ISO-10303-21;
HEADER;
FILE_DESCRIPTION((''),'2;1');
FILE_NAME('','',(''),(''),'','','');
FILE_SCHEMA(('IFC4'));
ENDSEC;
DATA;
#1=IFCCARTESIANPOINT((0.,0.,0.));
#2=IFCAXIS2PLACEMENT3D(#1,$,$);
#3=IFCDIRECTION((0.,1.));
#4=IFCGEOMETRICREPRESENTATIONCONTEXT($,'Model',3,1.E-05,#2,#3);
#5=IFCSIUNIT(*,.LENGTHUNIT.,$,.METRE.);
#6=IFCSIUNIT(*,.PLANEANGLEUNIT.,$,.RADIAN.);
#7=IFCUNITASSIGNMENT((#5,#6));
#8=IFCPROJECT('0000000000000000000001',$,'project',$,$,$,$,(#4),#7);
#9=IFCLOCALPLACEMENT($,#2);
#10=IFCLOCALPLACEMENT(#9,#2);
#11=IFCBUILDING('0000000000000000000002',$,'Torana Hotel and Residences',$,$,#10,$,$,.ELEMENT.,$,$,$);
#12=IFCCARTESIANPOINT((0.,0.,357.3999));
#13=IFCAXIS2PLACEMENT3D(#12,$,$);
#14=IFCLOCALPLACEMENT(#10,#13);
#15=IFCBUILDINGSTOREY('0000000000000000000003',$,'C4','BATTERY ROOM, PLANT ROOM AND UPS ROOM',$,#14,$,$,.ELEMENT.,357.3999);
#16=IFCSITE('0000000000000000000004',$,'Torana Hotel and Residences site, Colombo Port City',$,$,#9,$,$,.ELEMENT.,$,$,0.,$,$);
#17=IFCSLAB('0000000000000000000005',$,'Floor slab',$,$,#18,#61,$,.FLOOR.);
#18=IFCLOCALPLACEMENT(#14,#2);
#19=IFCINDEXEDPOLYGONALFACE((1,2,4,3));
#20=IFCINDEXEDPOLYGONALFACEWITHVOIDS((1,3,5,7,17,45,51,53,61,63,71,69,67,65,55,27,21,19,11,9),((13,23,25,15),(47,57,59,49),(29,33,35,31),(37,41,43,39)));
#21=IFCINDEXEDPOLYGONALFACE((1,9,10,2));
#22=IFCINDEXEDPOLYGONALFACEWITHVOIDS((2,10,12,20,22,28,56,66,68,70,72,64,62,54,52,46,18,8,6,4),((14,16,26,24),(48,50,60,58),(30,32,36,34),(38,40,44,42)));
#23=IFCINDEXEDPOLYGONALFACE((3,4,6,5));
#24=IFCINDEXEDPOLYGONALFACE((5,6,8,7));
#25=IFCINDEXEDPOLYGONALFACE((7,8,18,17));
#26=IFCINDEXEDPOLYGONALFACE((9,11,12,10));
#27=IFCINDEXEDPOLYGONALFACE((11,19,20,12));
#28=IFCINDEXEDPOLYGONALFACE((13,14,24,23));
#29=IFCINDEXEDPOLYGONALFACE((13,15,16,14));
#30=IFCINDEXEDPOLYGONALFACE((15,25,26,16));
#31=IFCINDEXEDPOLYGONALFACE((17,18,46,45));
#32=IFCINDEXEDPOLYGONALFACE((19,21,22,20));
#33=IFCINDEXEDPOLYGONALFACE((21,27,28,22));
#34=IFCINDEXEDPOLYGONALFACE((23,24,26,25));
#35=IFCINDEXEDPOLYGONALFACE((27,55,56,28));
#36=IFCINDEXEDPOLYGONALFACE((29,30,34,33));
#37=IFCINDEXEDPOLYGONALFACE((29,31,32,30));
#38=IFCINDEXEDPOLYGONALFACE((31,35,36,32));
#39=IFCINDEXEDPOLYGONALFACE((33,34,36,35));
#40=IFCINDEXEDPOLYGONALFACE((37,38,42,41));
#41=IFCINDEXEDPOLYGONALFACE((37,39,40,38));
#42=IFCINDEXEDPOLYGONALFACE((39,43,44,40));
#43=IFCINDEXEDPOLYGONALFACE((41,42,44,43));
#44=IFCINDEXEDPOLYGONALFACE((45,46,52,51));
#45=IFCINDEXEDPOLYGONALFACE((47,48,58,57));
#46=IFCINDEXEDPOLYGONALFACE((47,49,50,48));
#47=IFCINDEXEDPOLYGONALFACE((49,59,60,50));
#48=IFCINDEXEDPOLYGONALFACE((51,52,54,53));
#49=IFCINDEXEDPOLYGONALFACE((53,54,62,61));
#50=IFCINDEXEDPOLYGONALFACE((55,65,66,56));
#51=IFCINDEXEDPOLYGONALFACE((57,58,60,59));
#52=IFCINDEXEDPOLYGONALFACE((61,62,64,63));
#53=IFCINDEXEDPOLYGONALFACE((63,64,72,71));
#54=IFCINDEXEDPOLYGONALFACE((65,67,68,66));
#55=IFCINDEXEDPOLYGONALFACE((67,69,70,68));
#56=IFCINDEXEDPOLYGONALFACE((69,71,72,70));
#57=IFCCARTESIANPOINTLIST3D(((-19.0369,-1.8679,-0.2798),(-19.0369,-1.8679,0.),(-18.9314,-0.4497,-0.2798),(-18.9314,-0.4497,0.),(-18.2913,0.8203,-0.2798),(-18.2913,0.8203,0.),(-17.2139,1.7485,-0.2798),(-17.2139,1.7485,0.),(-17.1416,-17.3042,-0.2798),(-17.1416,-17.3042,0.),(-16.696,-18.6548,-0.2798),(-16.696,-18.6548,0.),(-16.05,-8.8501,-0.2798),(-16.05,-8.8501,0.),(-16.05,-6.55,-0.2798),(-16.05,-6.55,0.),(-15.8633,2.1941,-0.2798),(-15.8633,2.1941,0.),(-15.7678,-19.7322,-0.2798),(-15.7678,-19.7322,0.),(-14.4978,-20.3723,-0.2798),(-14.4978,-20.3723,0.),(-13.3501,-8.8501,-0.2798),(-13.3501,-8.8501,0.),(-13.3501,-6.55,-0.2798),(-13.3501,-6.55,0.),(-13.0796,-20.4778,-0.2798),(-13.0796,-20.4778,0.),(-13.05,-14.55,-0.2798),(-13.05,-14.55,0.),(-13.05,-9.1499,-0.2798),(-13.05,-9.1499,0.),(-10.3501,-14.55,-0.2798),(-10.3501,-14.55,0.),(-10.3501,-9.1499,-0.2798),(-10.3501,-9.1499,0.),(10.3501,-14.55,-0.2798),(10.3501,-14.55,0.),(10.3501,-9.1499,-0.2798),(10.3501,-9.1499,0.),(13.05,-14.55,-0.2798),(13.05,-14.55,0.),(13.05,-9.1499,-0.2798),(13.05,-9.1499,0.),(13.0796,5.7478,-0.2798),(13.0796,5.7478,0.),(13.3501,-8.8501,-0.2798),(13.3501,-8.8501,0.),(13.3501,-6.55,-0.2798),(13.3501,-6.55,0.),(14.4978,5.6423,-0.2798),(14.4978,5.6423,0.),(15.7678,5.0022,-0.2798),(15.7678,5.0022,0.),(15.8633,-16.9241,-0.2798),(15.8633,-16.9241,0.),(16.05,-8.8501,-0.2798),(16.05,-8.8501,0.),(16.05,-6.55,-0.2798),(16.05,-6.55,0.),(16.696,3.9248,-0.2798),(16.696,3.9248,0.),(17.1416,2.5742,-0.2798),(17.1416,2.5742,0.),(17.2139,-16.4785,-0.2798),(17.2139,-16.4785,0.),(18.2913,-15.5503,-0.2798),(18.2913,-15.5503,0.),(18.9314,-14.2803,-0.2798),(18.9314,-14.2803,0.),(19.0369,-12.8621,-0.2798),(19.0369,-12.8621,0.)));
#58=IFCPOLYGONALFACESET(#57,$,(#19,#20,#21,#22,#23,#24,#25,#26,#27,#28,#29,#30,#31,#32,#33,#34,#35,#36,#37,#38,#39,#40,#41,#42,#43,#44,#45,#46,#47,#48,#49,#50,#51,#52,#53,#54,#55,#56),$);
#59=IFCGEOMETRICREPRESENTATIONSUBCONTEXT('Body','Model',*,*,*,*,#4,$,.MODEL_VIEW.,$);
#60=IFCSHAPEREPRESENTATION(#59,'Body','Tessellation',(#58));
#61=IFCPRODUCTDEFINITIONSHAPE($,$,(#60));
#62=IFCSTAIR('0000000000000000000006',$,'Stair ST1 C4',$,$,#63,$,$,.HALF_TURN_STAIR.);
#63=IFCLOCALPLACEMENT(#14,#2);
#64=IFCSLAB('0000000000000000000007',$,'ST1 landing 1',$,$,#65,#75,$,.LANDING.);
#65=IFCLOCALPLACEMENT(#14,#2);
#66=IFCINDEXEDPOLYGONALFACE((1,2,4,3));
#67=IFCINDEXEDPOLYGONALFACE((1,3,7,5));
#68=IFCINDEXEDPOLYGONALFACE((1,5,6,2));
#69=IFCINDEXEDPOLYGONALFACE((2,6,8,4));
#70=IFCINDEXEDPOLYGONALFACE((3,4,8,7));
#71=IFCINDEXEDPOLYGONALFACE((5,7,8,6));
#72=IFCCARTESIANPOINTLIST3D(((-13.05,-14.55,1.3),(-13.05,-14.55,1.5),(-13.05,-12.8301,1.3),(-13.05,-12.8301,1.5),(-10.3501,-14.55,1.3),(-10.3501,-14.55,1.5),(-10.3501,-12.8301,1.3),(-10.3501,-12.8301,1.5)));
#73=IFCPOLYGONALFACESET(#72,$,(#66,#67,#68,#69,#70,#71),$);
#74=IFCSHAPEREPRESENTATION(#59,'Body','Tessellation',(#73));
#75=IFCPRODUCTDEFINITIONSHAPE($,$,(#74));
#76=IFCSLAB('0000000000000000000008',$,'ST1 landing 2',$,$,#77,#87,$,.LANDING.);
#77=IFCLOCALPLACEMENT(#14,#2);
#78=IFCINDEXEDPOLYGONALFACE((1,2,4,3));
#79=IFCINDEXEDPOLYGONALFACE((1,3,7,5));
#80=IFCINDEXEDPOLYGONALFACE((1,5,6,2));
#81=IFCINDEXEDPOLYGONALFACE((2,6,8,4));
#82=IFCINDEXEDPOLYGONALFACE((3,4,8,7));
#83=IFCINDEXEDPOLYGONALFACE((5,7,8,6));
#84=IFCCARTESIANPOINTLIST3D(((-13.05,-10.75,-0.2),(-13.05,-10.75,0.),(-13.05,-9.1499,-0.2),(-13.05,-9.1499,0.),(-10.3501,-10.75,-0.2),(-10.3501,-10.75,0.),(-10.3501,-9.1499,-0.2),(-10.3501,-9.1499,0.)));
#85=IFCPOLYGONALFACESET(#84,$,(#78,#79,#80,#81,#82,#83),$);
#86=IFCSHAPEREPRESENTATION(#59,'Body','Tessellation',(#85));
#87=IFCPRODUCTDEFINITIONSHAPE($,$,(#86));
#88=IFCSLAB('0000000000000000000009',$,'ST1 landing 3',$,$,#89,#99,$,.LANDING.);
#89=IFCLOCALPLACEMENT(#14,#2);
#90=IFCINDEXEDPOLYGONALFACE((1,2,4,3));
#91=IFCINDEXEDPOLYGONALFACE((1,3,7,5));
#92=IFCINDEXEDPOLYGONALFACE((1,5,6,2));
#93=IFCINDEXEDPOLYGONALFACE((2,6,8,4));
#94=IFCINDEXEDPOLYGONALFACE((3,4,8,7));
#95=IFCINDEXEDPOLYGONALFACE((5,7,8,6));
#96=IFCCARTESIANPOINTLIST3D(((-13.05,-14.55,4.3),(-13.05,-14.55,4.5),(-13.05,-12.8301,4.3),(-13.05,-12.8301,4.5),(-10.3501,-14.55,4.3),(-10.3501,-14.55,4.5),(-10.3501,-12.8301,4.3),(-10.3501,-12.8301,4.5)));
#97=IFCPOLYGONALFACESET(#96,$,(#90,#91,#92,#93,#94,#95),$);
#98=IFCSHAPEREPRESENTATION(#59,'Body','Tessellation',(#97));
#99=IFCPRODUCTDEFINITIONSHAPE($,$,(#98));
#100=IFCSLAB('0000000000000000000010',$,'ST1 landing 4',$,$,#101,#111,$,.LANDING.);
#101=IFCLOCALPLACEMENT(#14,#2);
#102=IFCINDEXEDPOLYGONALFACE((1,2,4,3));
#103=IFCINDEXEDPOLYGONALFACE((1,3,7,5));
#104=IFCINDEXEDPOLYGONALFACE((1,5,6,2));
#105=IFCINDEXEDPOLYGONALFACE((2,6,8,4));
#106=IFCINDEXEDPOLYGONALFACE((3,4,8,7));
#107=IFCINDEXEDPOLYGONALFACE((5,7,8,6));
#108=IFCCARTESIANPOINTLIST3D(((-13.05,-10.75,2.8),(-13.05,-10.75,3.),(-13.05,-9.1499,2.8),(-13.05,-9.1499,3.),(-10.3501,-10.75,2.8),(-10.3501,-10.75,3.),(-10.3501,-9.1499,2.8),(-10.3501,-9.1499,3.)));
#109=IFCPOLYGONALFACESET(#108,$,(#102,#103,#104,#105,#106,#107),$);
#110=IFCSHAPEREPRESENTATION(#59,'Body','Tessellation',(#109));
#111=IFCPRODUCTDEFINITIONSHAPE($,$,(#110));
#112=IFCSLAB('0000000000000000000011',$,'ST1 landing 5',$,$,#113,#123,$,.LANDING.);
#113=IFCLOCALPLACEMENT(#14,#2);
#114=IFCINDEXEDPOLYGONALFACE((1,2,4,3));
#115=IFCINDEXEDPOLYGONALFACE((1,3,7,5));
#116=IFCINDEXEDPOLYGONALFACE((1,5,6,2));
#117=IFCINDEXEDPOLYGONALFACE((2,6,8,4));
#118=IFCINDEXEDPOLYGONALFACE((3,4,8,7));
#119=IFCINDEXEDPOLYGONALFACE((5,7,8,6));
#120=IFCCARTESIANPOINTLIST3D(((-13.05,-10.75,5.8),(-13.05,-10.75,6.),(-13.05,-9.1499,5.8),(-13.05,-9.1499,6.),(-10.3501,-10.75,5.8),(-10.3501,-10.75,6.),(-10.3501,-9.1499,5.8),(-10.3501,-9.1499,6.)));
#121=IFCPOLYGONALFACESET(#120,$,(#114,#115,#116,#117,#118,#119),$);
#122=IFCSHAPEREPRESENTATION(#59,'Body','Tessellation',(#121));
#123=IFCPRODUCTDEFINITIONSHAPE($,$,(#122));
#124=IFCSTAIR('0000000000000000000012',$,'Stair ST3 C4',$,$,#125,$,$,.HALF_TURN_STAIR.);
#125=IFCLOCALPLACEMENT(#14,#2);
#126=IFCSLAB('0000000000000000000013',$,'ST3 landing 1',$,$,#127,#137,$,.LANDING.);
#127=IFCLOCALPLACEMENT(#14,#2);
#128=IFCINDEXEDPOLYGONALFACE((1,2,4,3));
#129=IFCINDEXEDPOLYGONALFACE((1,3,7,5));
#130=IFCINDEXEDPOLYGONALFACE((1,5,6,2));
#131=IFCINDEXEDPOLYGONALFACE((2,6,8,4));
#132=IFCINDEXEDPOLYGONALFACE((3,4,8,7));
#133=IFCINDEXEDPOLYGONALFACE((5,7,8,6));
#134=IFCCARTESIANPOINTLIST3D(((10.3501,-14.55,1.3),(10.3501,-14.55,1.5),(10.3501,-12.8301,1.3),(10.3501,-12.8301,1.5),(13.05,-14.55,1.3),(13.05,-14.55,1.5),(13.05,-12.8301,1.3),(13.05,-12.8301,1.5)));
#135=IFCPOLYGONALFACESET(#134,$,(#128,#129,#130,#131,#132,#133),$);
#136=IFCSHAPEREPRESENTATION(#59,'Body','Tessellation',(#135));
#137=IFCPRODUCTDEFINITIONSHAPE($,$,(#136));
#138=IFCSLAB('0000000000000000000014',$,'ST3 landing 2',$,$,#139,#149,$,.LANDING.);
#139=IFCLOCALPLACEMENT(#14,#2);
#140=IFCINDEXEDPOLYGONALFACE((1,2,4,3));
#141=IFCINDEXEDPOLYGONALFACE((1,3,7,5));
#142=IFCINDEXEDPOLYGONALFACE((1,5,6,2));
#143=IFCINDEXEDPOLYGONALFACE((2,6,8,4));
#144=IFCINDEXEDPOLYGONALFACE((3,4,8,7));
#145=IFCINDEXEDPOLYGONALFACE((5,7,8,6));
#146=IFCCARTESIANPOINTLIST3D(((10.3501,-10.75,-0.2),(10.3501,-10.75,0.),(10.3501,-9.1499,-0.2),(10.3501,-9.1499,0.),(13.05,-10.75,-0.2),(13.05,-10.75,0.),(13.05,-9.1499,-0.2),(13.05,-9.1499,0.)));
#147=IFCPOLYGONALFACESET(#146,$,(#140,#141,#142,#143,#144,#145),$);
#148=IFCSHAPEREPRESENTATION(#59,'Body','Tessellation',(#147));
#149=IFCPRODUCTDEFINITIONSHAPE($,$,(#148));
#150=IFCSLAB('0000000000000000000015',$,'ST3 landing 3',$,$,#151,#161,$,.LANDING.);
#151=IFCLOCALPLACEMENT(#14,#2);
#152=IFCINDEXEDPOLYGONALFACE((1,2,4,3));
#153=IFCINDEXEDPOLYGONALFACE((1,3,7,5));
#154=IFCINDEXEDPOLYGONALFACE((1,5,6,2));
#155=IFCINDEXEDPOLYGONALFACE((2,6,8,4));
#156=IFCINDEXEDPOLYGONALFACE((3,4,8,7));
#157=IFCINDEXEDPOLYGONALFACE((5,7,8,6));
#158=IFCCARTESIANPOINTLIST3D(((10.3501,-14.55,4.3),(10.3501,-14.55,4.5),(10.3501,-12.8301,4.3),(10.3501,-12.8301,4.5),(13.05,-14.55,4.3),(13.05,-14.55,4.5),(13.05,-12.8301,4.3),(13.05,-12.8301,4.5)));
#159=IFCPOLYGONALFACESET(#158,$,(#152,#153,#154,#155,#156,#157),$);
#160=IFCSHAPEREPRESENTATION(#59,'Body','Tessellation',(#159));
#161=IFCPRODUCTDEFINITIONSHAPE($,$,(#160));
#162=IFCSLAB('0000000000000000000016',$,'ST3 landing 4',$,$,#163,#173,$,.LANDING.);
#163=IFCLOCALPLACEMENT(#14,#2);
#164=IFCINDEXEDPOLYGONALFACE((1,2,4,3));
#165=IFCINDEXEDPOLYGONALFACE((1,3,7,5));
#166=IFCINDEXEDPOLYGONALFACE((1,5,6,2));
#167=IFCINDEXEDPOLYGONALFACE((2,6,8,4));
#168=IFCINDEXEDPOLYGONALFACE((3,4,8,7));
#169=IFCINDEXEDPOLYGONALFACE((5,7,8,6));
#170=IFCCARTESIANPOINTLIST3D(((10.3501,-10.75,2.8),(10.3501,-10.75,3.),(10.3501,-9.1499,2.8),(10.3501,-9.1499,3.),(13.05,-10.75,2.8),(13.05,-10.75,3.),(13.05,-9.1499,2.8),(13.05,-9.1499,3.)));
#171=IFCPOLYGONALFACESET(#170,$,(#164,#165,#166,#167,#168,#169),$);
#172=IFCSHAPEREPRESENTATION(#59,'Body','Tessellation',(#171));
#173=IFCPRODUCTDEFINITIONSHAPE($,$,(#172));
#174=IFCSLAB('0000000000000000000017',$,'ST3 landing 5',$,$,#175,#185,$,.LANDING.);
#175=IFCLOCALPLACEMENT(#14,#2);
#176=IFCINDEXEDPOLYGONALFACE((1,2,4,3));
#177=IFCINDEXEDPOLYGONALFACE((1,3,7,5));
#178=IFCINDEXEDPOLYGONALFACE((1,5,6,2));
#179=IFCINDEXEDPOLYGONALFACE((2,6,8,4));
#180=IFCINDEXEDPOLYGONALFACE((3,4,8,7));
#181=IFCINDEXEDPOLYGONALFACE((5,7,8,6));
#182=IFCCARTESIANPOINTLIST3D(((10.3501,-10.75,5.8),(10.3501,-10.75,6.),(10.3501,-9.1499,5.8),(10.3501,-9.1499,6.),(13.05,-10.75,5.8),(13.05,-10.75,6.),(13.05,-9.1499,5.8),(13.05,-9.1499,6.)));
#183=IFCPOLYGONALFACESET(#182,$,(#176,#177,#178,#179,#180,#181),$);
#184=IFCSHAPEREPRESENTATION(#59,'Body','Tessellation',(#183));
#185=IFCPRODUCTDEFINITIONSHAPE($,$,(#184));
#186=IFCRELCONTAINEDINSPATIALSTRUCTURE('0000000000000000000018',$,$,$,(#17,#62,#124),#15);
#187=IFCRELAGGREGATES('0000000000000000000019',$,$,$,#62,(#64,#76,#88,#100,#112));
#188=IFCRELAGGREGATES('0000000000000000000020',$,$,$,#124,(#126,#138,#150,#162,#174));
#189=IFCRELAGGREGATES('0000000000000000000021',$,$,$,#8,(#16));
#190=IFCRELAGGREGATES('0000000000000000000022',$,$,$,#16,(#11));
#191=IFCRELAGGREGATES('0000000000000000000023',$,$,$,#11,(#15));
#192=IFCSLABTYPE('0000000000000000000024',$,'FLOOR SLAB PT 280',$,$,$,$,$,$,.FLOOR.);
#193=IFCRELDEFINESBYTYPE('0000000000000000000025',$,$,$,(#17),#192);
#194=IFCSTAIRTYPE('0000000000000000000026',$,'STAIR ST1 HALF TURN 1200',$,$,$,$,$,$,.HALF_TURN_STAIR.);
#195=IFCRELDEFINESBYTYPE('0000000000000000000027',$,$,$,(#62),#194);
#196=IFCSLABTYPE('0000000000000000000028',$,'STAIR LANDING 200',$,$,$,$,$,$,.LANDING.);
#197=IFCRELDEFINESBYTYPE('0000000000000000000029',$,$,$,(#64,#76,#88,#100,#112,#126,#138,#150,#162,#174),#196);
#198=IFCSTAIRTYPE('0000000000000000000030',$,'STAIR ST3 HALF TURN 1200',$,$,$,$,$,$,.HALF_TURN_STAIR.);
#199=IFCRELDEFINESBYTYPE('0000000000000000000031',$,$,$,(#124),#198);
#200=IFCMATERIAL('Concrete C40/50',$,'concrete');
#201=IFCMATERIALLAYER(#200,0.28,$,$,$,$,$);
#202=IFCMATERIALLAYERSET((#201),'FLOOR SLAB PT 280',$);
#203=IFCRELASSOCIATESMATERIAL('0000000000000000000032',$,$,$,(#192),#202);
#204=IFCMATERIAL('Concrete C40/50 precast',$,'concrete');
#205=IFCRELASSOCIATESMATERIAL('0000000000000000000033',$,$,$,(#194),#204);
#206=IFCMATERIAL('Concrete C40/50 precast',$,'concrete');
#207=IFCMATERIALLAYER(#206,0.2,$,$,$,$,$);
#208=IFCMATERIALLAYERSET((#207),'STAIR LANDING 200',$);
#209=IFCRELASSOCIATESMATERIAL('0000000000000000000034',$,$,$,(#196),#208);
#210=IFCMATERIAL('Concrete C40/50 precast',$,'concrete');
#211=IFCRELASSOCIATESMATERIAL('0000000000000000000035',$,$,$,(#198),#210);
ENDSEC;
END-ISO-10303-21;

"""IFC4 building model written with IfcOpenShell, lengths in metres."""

from ifc_helpers import new_model, si_unit, direction, frame, origin, place, context, subcontext, project, spatial, polyline, outline, extrude, material, layer, layer_set, type_object, element, aggregate, save


model = new_model("IFC4")

# Units and contexts
model_context = context("Model", 3, precision=1e-05, world=origin(), true_north=direction((0.0, 1.0)))
body_context = subcontext(model_context, "Body", "Model", "MODEL_VIEW")
ifc_project = project(units=[si_unit("LENGTHUNIT", "METRE"), si_unit("PLANEANGLEUNIT", "RADIAN")], contexts=[model_context])

# Site, building, storey
site_placement = place(None, origin())
site = spatial("IfcSite", under=ifc_project, at=site_placement, Name="Torana Hotel and Residences site, Colombo Port City", CompositionType="ELEMENT", RefElevation=0.0)
building_placement = place(site_placement, origin())
building = spatial("IfcBuilding", under=site, at=building_placement, Name="Torana Hotel and Residences", CompositionType="ELEMENT")
storey_placement = place(building_placement, frame((0.0, 0.0, 357.3999)))
storey = spatial("IfcBuildingStorey", under=building, at=storey_placement, Name="C4", Description="BATTERY ROOM, PLANT ROOM AND UPS ROOM", CompositionType="ELEMENT", Elevation=357.3999)

# Slab
ifc_material_1 = material(Name="Concrete C40/50", Category="concrete")
ifc_layer_1 = layer(ifc_material_1, 0.28)
ifc_layer_set_1 = layer_set([ifc_layer_1], Name="FLOOR SLAB PT 280")
slab_type_1 = type_object("IfcSlabType", Name="FLOOR SLAB PT 280", PredefinedType="FLOOR", material=ifc_layer_set_1)
slab_1_placement = place(storey_placement, frame((0.0, 0.0, -0.2798)))
element("IfcSlab", 1, at=slab_1_placement, inside=storey, type_object=slab_type_1, Name="Floor slab", PredefinedType="FLOOR", context=body_context, shape_type="SweptSolid", body=[
    extrude(outline(polyline([(17.1416, 2.5742), (16.696, 3.9248), (15.7678, 5.0022), (14.4978, 5.6423), (13.0796, 5.7478), (-15.8633, 2.1941), (-17.2139, 1.7485), (-18.2913, 0.8203), (-18.9314, -0.4497), (-19.0369, -1.8679), (-17.1416, -17.3042), (-16.696, -18.6548), (-15.7678, -19.7322), (-14.4978, -20.3723), (-13.0796, -20.4778), (15.8633, -16.9241), (17.2139, -16.4785), (18.2913, -15.5503), (18.9314, -14.2803), (19.0369, -12.8621), (17.1416, 2.5742)]), holes=[polyline([(-13.05, -14.55), (-10.3501, -14.55), (-10.3501, -9.1499), (-13.05, -9.1499), (-13.05, -14.55)]), polyline([(-16.05, -8.8501), (-13.3501, -8.8501), (-13.3501, -6.55), (-16.05, -6.55), (-16.05, -8.8501)]), polyline([(10.3501, -14.55), (13.05, -14.55), (13.05, -9.1499), (10.3501, -9.1499), (10.3501, -14.55)]), polyline([(13.3501, -8.8501), (16.05, -8.8501), (16.05, -6.55), (13.3501, -6.55), (13.3501, -8.8501)])]), origin(), (0.0, 0.0, 1.0), 0.2798),
])

# Stairs, slabs
ifc_material_2 = material(Name="Concrete C40/50 precast", Category="concrete")
stair_type_1 = type_object("IfcStairType", Name="STAIR ST1 HALF TURN 1200", PredefinedType="HALF_TURN_STAIR", material=ifc_material_2)
stair_1_placement = place(storey_placement, origin())
stair_1 = element("IfcStair", 2, at=stair_1_placement, inside=storey, type_object=stair_type_1, Name="Stair ST1 C4", PredefinedType="HALF_TURN_STAIR")
ifc_material_3 = material(Name="Concrete C40/50 precast", Category="concrete")
ifc_layer_2 = layer(ifc_material_3, 0.2)
ifc_layer_set_2 = layer_set([ifc_layer_2], Name="STAIR LANDING 200")
slab_type_2 = type_object("IfcSlabType", Name="STAIR LANDING 200", PredefinedType="LANDING", material=ifc_layer_set_2)
slab_2_placement = place(storey_placement, frame((0.0, 0.0, 1.3)))
slab_2 = element("IfcSlab", 3, at=slab_2_placement, type_object=slab_type_2, Name="ST1 landing 1", PredefinedType="LANDING", context=body_context, shape_type="SweptSolid", body=[
    extrude(outline(polyline([(-13.05, -14.55), (-10.3501, -14.55), (-10.3501, -12.8301), (-13.05, -12.8301), (-13.05, -14.55)])), origin(), (0.0, 0.0, 1.0), 0.2),
])
slab_3_placement = place(storey_placement, frame((0.0, 0.0, -0.2)))
slab_3 = element("IfcSlab", 4, at=slab_3_placement, type_object=slab_type_2, Name="ST1 landing 2", PredefinedType="LANDING", context=body_context, shape_type="SweptSolid", body=[
    extrude(outline(polyline([(-13.05, -10.75), (-10.3501, -10.75), (-10.3501, -9.1499), (-13.05, -9.1499), (-13.05, -10.75)])), origin(), (0.0, 0.0, 1.0), 0.2),
])
slab_4_placement = place(storey_placement, frame((0.0, 0.0, 4.3)))
slab_4 = element("IfcSlab", 5, at=slab_4_placement, type_object=slab_type_2, Name="ST1 landing 3", PredefinedType="LANDING", context=body_context, shape_type="SweptSolid", body=[
    extrude(outline(polyline([(-13.05, -14.55), (-10.3501, -14.55), (-10.3501, -12.8301), (-13.05, -12.8301), (-13.05, -14.55)])), origin(), (0.0, 0.0, 1.0), 0.2),
])
slab_5_placement = place(storey_placement, frame((0.0, 0.0, 2.8)))
slab_5 = element("IfcSlab", 6, at=slab_5_placement, type_object=slab_type_2, Name="ST1 landing 4", PredefinedType="LANDING", context=body_context, shape_type="SweptSolid", body=[
    extrude(outline(polyline([(-13.05, -10.75), (-10.3501, -10.75), (-10.3501, -9.1499), (-13.05, -9.1499), (-13.05, -10.75)])), origin(), (0.0, 0.0, 1.0), 0.2),
])
slab_6_placement = place(storey_placement, frame((0.0, 0.0, 5.8)))
slab_6 = element("IfcSlab", 7, at=slab_6_placement, type_object=slab_type_2, Name="ST1 landing 5", PredefinedType="LANDING", context=body_context, shape_type="SweptSolid", body=[
    extrude(outline(polyline([(-13.05, -10.75), (-10.3501, -10.75), (-10.3501, -9.1499), (-13.05, -9.1499), (-13.05, -10.75)])), origin(), (0.0, 0.0, 1.0), 0.2),
])
aggregate(stair_1, [slab_2, slab_3, slab_4, slab_5, slab_6])
ifc_material_4 = material(Name="Concrete C40/50 precast", Category="concrete")
stair_type_2 = type_object("IfcStairType", Name="STAIR ST3 HALF TURN 1200", PredefinedType="HALF_TURN_STAIR", material=ifc_material_4)
stair_2_placement = place(storey_placement, origin())
stair_2 = element("IfcStair", 8, at=stair_2_placement, inside=storey, type_object=stair_type_2, Name="Stair ST3 C4", PredefinedType="HALF_TURN_STAIR")
slab_7_placement = place(storey_placement, frame((0.0, 0.0, 1.3)))
slab_7 = element("IfcSlab", 9, at=slab_7_placement, type_object=slab_type_2, Name="ST3 landing 1", PredefinedType="LANDING", context=body_context, shape_type="SweptSolid", body=[
    extrude(outline(polyline([(10.3501, -14.55), (13.05, -14.55), (13.05, -12.8301), (10.3501, -12.8301), (10.3501, -14.55)])), origin(), (0.0, 0.0, 1.0), 0.2),
])
slab_8_placement = place(storey_placement, frame((0.0, 0.0, -0.2)))
slab_8 = element("IfcSlab", 10, at=slab_8_placement, type_object=slab_type_2, Name="ST3 landing 2", PredefinedType="LANDING", context=body_context, shape_type="SweptSolid", body=[
    extrude(outline(polyline([(10.3501, -10.75), (13.05, -10.75), (13.05, -9.1499), (10.3501, -9.1499), (10.3501, -10.75)])), origin(), (0.0, 0.0, 1.0), 0.2),
])
slab_9_placement = place(storey_placement, frame((0.0, 0.0, 4.3)))
slab_9 = element("IfcSlab", 11, at=slab_9_placement, type_object=slab_type_2, Name="ST3 landing 3", PredefinedType="LANDING", context=body_context, shape_type="SweptSolid", body=[
    extrude(outline(polyline([(10.3501, -14.55), (13.05, -14.55), (13.05, -12.8301), (10.3501, -12.8301), (10.3501, -14.55)])), origin(), (0.0, 0.0, 1.0), 0.2),
])
slab_10_placement = place(storey_placement, frame((0.0, 0.0, 2.8)))
slab_10 = element("IfcSlab", 12, at=slab_10_placement, type_object=slab_type_2, Name="ST3 landing 4", PredefinedType="LANDING", context=body_context, shape_type="SweptSolid", body=[
    extrude(outline(polyline([(10.3501, -10.75), (13.05, -10.75), (13.05, -9.1499), (10.3501, -9.1499), (10.3501, -10.75)])), origin(), (0.0, 0.0, 1.0), 0.2),
])
slab_11_placement = place(storey_placement, frame((0.0, 0.0, 5.8)))
slab_11 = element("IfcSlab", 13, at=slab_11_placement, type_object=slab_type_2, Name="ST3 landing 5", PredefinedType="LANDING", context=body_context, shape_type="SweptSolid", body=[
    extrude(outline(polyline([(10.3501, -10.75), (13.05, -10.75), (13.05, -9.1499), (10.3501, -9.1499), (10.3501, -10.75)])), origin(), (0.0, 0.0, 1.0), 0.2),
])
aggregate(stair_2, [slab_7, slab_8, slab_9, slab_10, slab_11])

save(model, "model.ifc")
